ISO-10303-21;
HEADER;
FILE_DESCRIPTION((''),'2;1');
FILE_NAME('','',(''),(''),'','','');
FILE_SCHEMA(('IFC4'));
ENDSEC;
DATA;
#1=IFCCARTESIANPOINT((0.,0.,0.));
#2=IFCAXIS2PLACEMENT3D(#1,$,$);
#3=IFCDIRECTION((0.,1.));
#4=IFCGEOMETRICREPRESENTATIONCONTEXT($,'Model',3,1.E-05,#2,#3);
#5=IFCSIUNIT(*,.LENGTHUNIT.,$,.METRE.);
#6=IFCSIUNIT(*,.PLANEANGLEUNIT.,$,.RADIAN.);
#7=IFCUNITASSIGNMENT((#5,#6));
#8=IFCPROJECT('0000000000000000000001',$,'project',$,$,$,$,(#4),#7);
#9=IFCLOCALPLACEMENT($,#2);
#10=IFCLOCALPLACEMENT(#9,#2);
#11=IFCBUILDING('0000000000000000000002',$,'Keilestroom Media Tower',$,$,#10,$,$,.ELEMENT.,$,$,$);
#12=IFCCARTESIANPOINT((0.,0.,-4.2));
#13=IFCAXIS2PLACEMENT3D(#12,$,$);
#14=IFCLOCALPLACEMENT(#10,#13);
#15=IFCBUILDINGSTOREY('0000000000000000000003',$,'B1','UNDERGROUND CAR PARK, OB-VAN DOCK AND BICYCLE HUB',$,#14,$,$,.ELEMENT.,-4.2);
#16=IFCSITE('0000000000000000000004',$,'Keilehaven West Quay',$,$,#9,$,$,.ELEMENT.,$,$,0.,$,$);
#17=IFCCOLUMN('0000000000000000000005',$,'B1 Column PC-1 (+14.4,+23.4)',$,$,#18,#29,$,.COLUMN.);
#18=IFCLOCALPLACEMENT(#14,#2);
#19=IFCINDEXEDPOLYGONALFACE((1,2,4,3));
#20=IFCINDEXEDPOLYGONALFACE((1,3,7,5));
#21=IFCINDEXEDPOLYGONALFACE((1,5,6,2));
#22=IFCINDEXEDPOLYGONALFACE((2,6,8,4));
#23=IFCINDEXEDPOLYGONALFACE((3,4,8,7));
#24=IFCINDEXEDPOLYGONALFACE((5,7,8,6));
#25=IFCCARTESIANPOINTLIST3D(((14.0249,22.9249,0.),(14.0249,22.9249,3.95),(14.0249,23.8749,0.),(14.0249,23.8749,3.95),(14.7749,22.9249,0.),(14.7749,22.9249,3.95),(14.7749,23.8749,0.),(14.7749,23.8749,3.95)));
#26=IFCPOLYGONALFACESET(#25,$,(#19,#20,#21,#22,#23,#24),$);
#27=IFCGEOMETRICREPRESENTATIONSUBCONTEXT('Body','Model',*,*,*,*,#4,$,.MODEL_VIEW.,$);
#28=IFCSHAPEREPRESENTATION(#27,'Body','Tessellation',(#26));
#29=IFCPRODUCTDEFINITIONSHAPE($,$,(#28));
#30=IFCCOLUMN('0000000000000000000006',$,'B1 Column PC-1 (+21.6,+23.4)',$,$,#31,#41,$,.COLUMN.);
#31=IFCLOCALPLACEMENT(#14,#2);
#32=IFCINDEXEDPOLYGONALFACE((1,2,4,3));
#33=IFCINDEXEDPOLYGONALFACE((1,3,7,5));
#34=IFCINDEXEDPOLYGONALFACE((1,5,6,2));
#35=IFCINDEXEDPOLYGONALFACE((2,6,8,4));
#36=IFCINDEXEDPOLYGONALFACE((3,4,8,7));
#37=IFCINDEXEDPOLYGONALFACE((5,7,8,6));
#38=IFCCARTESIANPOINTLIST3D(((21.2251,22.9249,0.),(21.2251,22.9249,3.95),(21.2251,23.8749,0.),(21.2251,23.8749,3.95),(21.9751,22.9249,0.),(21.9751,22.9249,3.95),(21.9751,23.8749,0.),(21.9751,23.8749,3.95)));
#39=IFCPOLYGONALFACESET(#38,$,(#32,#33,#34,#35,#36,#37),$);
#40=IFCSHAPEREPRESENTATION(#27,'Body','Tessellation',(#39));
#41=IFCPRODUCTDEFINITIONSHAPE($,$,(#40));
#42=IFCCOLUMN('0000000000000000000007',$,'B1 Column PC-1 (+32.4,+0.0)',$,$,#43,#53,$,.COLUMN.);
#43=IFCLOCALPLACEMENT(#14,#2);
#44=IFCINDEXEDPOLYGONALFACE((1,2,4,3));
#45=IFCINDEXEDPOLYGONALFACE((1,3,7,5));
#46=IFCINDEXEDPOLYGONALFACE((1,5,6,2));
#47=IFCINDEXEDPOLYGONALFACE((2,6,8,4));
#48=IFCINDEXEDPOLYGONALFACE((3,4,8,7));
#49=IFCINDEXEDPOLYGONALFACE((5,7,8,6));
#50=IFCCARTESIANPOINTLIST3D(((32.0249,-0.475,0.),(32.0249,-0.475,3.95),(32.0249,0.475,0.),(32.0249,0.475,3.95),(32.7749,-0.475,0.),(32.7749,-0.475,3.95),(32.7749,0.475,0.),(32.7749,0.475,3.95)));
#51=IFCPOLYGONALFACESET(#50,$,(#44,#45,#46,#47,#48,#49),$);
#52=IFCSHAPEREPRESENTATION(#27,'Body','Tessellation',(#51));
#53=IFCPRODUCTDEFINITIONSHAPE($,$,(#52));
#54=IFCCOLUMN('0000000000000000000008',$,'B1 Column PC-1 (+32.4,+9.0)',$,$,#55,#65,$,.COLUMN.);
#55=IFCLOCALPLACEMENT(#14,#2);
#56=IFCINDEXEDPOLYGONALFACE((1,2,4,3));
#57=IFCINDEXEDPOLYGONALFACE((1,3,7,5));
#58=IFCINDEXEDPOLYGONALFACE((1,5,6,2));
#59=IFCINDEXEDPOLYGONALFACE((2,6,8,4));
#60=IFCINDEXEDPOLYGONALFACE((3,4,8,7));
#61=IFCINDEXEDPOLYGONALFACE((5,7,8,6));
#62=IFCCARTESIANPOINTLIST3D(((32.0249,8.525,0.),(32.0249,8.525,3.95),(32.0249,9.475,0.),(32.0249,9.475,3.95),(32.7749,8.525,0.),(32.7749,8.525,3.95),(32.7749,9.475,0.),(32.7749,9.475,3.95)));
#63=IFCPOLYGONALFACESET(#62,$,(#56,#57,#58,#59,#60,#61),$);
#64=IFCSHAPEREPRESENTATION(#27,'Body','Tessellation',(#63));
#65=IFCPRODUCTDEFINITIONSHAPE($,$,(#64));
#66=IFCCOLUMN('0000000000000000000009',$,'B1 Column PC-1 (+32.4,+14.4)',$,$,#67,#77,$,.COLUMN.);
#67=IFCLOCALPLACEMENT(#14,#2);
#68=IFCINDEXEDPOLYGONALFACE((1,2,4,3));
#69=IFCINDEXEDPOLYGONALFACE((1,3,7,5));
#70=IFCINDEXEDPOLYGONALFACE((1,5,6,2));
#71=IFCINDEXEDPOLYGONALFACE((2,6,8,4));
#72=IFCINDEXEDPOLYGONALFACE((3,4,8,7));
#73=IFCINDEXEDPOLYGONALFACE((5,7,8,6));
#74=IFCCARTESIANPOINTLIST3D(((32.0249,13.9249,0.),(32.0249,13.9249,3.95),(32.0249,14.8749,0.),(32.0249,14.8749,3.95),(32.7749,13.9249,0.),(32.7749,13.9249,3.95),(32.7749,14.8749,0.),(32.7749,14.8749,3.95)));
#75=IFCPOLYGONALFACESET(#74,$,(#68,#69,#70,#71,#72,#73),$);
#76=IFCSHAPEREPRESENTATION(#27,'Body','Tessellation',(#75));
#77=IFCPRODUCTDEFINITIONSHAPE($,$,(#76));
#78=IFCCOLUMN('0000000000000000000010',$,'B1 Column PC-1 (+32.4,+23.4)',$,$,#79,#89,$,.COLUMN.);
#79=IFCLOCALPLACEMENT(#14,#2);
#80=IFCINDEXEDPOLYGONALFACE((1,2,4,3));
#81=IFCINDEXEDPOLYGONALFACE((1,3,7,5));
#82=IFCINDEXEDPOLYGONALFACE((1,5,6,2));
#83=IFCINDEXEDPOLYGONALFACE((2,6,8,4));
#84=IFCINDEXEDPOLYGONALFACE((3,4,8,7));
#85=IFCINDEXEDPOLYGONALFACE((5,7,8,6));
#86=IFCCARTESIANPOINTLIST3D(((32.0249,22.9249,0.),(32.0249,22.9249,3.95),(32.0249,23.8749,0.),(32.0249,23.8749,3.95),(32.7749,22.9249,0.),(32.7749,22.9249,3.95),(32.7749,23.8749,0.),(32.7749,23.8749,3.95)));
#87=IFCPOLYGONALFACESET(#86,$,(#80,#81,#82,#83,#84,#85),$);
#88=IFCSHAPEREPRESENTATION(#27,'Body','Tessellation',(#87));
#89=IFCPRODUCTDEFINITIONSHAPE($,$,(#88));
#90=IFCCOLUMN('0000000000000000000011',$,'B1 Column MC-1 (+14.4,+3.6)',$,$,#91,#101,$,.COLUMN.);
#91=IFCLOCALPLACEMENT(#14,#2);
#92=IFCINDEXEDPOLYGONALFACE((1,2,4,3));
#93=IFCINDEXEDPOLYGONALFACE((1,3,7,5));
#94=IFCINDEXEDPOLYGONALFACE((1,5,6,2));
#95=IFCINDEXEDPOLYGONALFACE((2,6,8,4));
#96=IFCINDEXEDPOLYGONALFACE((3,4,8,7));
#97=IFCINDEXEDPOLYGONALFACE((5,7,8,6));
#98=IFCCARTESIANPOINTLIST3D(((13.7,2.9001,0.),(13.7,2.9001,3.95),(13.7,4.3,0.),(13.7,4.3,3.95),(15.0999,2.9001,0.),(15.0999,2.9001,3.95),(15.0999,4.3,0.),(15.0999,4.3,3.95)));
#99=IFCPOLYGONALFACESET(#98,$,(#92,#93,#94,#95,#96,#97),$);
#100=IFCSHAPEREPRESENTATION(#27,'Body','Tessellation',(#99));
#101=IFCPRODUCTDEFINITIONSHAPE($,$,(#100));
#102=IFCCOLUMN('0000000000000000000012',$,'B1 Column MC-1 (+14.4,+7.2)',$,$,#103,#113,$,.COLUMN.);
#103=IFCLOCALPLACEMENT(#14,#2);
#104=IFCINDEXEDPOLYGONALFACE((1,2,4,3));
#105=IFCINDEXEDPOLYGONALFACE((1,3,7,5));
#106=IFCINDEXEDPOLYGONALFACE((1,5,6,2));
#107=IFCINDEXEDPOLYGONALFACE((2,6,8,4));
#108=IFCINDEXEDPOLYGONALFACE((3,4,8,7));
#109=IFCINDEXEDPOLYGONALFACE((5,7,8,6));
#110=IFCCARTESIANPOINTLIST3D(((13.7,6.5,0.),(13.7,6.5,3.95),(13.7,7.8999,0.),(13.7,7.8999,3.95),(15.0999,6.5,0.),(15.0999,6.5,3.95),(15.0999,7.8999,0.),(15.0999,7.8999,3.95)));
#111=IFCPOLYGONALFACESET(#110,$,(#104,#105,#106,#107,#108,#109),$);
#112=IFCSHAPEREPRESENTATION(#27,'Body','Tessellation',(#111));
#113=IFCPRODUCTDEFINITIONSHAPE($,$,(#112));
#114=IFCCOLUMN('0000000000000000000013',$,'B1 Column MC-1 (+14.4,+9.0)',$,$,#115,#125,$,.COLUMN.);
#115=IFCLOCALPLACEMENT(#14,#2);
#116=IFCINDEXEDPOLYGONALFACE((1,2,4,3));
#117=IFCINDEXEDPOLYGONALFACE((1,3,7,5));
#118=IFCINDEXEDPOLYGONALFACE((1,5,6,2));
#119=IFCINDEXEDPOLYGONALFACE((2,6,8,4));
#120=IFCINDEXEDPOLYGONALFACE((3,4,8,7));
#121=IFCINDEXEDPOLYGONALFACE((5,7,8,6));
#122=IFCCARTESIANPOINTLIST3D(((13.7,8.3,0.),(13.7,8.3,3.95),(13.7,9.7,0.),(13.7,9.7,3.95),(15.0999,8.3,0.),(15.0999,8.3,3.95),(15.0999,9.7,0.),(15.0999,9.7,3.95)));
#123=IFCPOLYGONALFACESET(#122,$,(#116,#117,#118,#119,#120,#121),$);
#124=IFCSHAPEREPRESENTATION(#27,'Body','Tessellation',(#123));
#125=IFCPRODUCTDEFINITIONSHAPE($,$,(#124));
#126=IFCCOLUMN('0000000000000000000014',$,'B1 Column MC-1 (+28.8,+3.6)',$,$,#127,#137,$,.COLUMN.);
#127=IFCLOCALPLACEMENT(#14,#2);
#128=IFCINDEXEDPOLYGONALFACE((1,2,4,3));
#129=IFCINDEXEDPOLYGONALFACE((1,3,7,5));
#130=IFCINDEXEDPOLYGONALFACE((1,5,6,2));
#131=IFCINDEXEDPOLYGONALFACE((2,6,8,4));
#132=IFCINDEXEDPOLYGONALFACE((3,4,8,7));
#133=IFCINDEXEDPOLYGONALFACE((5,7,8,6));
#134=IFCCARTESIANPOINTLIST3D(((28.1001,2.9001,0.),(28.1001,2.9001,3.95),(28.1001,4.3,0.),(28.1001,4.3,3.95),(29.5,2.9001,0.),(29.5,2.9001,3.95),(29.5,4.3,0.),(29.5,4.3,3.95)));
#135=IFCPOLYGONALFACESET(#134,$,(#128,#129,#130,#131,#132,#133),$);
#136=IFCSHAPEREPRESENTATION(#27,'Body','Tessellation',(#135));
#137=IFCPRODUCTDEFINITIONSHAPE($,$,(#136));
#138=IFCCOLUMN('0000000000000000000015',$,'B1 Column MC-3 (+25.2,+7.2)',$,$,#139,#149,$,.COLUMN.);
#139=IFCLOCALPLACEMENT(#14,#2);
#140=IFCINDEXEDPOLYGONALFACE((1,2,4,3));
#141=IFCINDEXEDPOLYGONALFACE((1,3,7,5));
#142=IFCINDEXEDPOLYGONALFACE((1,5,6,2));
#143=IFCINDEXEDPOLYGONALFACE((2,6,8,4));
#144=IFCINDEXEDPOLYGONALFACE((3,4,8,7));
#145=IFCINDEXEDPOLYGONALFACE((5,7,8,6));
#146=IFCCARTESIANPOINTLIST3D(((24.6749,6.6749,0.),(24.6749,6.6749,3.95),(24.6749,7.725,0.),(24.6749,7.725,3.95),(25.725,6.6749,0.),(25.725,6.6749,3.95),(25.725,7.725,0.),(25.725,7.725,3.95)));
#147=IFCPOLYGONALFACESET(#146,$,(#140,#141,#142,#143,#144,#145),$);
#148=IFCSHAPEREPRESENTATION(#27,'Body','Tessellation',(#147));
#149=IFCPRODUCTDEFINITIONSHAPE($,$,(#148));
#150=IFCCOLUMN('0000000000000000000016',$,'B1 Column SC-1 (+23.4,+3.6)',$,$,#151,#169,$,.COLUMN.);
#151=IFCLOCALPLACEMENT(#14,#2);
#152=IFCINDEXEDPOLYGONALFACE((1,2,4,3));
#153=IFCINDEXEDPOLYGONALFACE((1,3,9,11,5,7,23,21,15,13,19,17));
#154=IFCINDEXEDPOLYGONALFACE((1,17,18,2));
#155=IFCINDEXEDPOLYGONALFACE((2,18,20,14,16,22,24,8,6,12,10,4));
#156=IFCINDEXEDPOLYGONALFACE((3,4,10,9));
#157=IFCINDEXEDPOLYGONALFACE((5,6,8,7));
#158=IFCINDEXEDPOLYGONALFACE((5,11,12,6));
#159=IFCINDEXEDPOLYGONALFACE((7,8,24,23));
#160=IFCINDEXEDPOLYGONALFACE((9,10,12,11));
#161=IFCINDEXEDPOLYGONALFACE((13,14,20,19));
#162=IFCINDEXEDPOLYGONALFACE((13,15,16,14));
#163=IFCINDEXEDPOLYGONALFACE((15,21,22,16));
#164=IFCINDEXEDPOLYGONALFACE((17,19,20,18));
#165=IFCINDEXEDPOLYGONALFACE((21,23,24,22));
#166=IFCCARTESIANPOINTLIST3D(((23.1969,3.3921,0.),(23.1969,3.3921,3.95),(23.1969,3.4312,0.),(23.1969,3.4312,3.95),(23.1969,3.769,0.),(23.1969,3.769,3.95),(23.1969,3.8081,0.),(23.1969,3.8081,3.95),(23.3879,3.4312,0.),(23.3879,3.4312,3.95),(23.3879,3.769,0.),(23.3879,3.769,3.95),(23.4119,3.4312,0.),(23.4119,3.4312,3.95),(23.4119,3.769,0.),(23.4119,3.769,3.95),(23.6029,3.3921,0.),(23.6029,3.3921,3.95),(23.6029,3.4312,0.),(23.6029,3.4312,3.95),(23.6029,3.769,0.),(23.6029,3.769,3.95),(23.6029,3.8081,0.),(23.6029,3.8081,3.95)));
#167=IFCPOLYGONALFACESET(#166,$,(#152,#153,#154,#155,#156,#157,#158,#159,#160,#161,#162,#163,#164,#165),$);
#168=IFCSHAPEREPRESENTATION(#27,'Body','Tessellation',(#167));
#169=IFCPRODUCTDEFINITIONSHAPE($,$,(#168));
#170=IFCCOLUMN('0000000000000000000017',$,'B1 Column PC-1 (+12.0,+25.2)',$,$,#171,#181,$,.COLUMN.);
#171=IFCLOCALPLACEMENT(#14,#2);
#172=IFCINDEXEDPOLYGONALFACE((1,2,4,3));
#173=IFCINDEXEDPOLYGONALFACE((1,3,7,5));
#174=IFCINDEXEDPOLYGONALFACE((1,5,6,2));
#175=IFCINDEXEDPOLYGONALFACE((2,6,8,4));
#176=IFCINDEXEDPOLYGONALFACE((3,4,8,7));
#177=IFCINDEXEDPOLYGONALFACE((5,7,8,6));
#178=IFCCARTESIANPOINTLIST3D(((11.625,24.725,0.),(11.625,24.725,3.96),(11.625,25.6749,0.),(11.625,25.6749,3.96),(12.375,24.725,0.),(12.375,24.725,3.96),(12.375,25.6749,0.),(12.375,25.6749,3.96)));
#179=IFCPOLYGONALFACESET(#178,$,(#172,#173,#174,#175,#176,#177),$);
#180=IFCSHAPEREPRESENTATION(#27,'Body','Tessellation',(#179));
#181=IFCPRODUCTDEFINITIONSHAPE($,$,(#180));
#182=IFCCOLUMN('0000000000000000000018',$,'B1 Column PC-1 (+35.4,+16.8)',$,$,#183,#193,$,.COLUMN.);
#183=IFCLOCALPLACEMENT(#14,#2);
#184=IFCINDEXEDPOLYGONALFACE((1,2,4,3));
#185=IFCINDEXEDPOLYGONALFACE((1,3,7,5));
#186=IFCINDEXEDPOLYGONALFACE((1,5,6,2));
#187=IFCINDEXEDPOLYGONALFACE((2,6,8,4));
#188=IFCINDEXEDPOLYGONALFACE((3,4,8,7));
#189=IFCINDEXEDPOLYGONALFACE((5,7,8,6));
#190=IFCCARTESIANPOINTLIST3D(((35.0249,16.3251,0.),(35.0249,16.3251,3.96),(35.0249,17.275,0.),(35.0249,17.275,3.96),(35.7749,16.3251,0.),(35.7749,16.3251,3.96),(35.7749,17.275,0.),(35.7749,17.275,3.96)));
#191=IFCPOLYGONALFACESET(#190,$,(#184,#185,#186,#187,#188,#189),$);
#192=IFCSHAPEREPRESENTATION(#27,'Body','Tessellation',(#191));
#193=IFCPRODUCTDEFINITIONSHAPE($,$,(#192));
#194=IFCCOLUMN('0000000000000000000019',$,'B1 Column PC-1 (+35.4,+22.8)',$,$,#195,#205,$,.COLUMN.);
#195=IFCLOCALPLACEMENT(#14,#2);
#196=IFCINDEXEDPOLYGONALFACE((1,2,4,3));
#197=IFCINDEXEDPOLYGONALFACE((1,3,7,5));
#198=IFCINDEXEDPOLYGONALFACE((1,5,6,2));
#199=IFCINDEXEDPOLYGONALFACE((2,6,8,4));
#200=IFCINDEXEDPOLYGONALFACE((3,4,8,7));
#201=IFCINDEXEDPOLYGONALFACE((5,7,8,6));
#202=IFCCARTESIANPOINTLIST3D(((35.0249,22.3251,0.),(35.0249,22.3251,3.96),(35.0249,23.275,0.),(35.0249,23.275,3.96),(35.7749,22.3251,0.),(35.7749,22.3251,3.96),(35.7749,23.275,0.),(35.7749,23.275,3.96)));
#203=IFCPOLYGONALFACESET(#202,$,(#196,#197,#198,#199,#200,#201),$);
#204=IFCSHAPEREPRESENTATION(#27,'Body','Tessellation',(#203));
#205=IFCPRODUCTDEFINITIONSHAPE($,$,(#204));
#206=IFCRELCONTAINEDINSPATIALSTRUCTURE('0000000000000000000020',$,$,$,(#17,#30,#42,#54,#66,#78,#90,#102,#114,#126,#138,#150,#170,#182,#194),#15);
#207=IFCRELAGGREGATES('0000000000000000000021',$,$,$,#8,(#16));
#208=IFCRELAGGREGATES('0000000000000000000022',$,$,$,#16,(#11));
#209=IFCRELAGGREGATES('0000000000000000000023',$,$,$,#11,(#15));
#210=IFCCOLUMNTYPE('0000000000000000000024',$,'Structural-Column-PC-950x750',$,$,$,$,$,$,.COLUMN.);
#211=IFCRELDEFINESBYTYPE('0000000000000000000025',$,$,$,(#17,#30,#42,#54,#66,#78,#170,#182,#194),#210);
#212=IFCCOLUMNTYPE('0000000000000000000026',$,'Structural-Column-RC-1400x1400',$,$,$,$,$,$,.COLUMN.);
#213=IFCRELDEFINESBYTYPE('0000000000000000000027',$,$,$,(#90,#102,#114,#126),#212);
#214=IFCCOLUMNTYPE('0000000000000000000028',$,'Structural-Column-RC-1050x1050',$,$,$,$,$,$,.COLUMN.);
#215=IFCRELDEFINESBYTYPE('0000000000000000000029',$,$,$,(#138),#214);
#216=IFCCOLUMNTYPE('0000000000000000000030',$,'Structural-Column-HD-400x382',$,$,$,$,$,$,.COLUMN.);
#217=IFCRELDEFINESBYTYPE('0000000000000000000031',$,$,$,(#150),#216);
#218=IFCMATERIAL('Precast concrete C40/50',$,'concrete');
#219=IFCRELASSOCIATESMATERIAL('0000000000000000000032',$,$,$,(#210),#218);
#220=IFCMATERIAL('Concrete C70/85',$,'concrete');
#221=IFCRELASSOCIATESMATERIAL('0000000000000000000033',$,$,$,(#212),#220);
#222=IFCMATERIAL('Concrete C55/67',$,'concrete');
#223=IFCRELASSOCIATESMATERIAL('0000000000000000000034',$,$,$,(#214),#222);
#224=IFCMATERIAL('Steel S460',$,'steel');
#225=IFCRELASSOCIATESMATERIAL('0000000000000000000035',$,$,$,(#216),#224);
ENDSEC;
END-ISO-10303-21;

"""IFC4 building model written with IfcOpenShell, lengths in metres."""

from ifc_helpers import new_model, si_unit, direction, frame, origin, origin_2d, place, context, subcontext, project, spatial, rectangle, i_section, extrude, source, transform, mapped, material, material_profile, profile_set, type_object, element, save


model = new_model("IFC4")

# Units and contexts
model_context = context("Model", 3, precision=1e-05, world=origin(), true_north=direction((0.0, 1.0)))
body_context = subcontext(model_context, "Body", "Model", "MODEL_VIEW")
ifc_project = project(units=[si_unit("LENGTHUNIT", "METRE"), si_unit("PLANEANGLEUNIT", "RADIAN")], contexts=[model_context])

# Site, building, storey
site_placement = place(None, origin())
site = spatial("IfcSite", under=ifc_project, at=site_placement, Name="Keilehaven West Quay", CompositionType="ELEMENT", RefElevation=0.0)
building_placement = place(site_placement, origin())
building = spatial("IfcBuilding", under=site, at=building_placement, Name="Keilestroom Media Tower", CompositionType="ELEMENT")
storey_placement = place(building_placement, frame((0.0, 0.0, -4.2)))
storey = spatial("IfcBuildingStorey", under=building, at=storey_placement, Name="B1", Description="UNDERGROUND CAR PARK, OB-VAN DOCK AND BICYCLE HUB", CompositionType="ELEMENT", Elevation=-4.2)

# Columns
ifc_material_1 = material(Name="Precast concrete C40/50", Category="concrete")
ifc_material_profile_1 = material_profile(ifc_material_1, rectangle(XDim=0.75, YDim=0.95, at=origin_2d()), Name="PC 950x750")
ifc_profile_set_1 = profile_set([ifc_material_profile_1], Name="Precast concrete C40/50")
column_type_1 = type_object("IfcColumnType", Name="Structural-Column-PC-950x750", PredefinedType="COLUMN", material=ifc_profile_set_1)
shared_shape_1 = source(origin(), body_context, "Body", "SweptSolid", [
    extrude(rectangle(XDim=0.75, YDim=0.95, at=origin_2d()), origin(), (0.0, 0.0, 1.0), 3.95),
])
for number, where, z_axis, x_axis, name in (
    (1, (14.3999, 23.3999, 0.0), (0.0, 0.0, 1.0), (1.0, 0.0, 0.0), "B1 Column PC-1 (+14.4,+23.4)"),
    (2, (21.6001, 23.3999, 0.0), (0.0, 0.0, 1.0), (1.0, 0.0, 0.0), "B1 Column PC-1 (+21.6,+23.4)"),
    (3, (32.3999, 0.0, 0.0), (0.0, 0.0, 1.0), (1.0, 0.0, 0.0), "B1 Column PC-1 (+32.4,+0.0)"),
    (4, (32.3999, 9.0, 0.0), (0.0, 0.0, 1.0), (1.0, 0.0, 0.0), "B1 Column PC-1 (+32.4,+9.0)"),
    (5, (32.3999, 14.3999, 0.0), (0.0, 0.0, 1.0), (1.0, 0.0, 0.0), "B1 Column PC-1 (+32.4,+14.4)"),
    (6, (32.3999, 23.3999, 0.0), (0.0, 0.0, 1.0), (1.0, 0.0, 0.0), "B1 Column PC-1 (+32.4,+23.4)"),
):
    element("IfcColumn", number, at=place(storey_placement, frame(where, z_axis=z_axis, x_axis=x_axis)), inside=storey, type_object=column_type_1, Name=name, PredefinedType="COLUMN", context=body_context, shape_type="MappedRepresentation", body=[
        mapped(shared_shape_1, transform((0.0, 0.0, 0.0), x_axis=(1.0, 0.0, 0.0), y_axis=(0.0, 1.0, 0.0), z_axis=(0.0, 0.0, 1.0), scale=1.0)),
    ])
ifc_material_2 = material(Name="Concrete C70/85", Category="concrete")
ifc_material_profile_2 = material_profile(ifc_material_2, rectangle(XDim=1.3999, YDim=1.3999, at=origin_2d()), Name="RC 1400x1400")
ifc_profile_set_2 = profile_set([ifc_material_profile_2], Name="Concrete C70/85")
column_type_2 = type_object("IfcColumnType", Name="Structural-Column-RC-1400x1400", PredefinedType="COLUMN", material=ifc_profile_set_2)
shared_shape_2 = source(origin(), body_context, "Body", "SweptSolid", [
    extrude(rectangle(XDim=1.3999, YDim=1.3999, at=origin_2d()), origin(), (0.0, 0.0, 1.0), 3.95),
])
for number, where, z_axis, x_axis, name in (
    (7, (14.3999, 3.6001, 0.0), (0.0, 0.0, 1.0), (1.0, 0.0, 0.0), "B1 Column MC-1 (+14.4,+3.6)"),
    (8, (14.3999, 7.2, 0.0), (0.0, 0.0, 1.0), (1.0, 0.0, 0.0), "B1 Column MC-1 (+14.4,+7.2)"),
    (9, (14.3999, 9.0, 0.0), (0.0, 0.0, 1.0), (1.0, 0.0, 0.0), "B1 Column MC-1 (+14.4,+9.0)"),
    (10, (28.8, 3.6001, 0.0), (0.0, 0.0, 1.0), (1.0, 0.0, 0.0), "B1 Column MC-1 (+28.8,+3.6)"),
):
    element("IfcColumn", number, at=place(storey_placement, frame(where, z_axis=z_axis, x_axis=x_axis)), inside=storey, type_object=column_type_2, Name=name, PredefinedType="COLUMN", context=body_context, shape_type="MappedRepresentation", body=[
        mapped(shared_shape_2, transform((0.0, 0.0, 0.0), x_axis=(1.0, 0.0, 0.0), y_axis=(0.0, 1.0, 0.0), z_axis=(0.0, 0.0, 1.0), scale=1.0)),
    ])
ifc_material_3 = material(Name="Concrete C55/67", Category="concrete")
ifc_material_profile_3 = material_profile(ifc_material_3, rectangle(XDim=1.05, YDim=1.05, at=origin_2d()), Name="RC 1050x1050")
ifc_profile_set_3 = profile_set([ifc_material_profile_3], Name="Concrete C55/67")
column_type_3 = type_object("IfcColumnType", Name="Structural-Column-RC-1050x1050", PredefinedType="COLUMN", material=ifc_profile_set_3)
shared_shape_3 = source(origin(), body_context, "Body", "SweptSolid", [
    extrude(rectangle(XDim=1.05, YDim=1.05, at=origin_2d()), origin(), (0.0, 0.0, 1.0), 3.95),
])
column_1_placement = place(storey_placement, frame((25.2, 7.2, 0.0), z_axis=(0.0, 0.0, 1.0), x_axis=(1.0, 0.0, 0.0)))
element("IfcColumn", 11, at=column_1_placement, inside=storey, type_object=column_type_3, Name="B1 Column MC-3 (+25.2,+7.2)", PredefinedType="COLUMN", context=body_context, shape_type="MappedRepresentation", body=[
    mapped(shared_shape_3, transform((0.0, 0.0, 0.0), x_axis=(1.0, 0.0, 0.0), y_axis=(0.0, 1.0, 0.0), z_axis=(0.0, 0.0, 1.0), scale=1.0)),
])
ifc_material_4 = material(Name="Steel S460", Category="steel")
ifc_material_profile_4 = material_profile(ifc_material_4, i_section(OverallWidth=0.406, OverallDepth=0.416, WebThickness=0.0239, FlangeThickness=0.0391, at=origin_2d()), Name="HD 400x382")
ifc_profile_set_4 = profile_set([ifc_material_profile_4], Name="Steel S460")
column_type_4 = type_object("IfcColumnType", Name="Structural-Column-HD-400x382", PredefinedType="COLUMN", material=ifc_profile_set_4)
shared_shape_4 = source(origin(), body_context, "Body", "SweptSolid", [
    extrude(i_section(OverallWidth=0.406, OverallDepth=0.416, WebThickness=0.0239, FlangeThickness=0.0391, at=origin_2d()), origin(), (0.0, 0.0, 1.0), 3.95),
])
column_2_placement = place(storey_placement, frame((23.3999, 3.6001, 0.0), z_axis=(0.0, 0.0, 1.0), x_axis=(1.0, 0.0, 0.0)))
element("IfcColumn", 12, at=column_2_placement, inside=storey, type_object=column_type_4, Name="B1 Column SC-1 (+23.4,+3.6)", PredefinedType="COLUMN", context=body_context, shape_type="MappedRepresentation", body=[
    mapped(shared_shape_4, transform((0.0, 0.0, 0.0), x_axis=(1.0, 0.0, 0.0), y_axis=(0.0, 1.0, 0.0), z_axis=(0.0, 0.0, 1.0), scale=1.0)),
])
shared_shape_5 = source(origin(), body_context, "Body", "SweptSolid", [
    extrude(rectangle(XDim=0.75, YDim=0.95, at=origin_2d()), origin(), (0.0, 0.0, 1.0), 3.96),
])
for number, where, z_axis, x_axis, name in (
    (13, (12.0, 25.2, 0.0), (0.0, 0.0, 1.0), (1.0, 0.0, 0.0), "B1 Column PC-1 (+12.0,+25.2)"),
    (14, (35.3999, 16.8, 0.0), (0.0, 0.0, 1.0), (1.0, 0.0, 0.0), "B1 Column PC-1 (+35.4,+16.8)"),
    (15, (35.3999, 22.8, 0.0), (0.0, 0.0, 1.0), (1.0, 0.0, 0.0), "B1 Column PC-1 (+35.4,+22.8)"),
):
    element("IfcColumn", number, at=place(storey_placement, frame(where, z_axis=z_axis, x_axis=x_axis)), inside=storey, type_object=column_type_1, Name=name, PredefinedType="COLUMN", context=body_context, shape_type="MappedRepresentation", body=[
        mapped(shared_shape_5, transform((0.0, 0.0, 0.0), x_axis=(1.0, 0.0, 0.0), y_axis=(0.0, 1.0, 0.0), z_axis=(0.0, 0.0, 1.0), scale=1.0)),
    ])

save(model, "model.ifc")
